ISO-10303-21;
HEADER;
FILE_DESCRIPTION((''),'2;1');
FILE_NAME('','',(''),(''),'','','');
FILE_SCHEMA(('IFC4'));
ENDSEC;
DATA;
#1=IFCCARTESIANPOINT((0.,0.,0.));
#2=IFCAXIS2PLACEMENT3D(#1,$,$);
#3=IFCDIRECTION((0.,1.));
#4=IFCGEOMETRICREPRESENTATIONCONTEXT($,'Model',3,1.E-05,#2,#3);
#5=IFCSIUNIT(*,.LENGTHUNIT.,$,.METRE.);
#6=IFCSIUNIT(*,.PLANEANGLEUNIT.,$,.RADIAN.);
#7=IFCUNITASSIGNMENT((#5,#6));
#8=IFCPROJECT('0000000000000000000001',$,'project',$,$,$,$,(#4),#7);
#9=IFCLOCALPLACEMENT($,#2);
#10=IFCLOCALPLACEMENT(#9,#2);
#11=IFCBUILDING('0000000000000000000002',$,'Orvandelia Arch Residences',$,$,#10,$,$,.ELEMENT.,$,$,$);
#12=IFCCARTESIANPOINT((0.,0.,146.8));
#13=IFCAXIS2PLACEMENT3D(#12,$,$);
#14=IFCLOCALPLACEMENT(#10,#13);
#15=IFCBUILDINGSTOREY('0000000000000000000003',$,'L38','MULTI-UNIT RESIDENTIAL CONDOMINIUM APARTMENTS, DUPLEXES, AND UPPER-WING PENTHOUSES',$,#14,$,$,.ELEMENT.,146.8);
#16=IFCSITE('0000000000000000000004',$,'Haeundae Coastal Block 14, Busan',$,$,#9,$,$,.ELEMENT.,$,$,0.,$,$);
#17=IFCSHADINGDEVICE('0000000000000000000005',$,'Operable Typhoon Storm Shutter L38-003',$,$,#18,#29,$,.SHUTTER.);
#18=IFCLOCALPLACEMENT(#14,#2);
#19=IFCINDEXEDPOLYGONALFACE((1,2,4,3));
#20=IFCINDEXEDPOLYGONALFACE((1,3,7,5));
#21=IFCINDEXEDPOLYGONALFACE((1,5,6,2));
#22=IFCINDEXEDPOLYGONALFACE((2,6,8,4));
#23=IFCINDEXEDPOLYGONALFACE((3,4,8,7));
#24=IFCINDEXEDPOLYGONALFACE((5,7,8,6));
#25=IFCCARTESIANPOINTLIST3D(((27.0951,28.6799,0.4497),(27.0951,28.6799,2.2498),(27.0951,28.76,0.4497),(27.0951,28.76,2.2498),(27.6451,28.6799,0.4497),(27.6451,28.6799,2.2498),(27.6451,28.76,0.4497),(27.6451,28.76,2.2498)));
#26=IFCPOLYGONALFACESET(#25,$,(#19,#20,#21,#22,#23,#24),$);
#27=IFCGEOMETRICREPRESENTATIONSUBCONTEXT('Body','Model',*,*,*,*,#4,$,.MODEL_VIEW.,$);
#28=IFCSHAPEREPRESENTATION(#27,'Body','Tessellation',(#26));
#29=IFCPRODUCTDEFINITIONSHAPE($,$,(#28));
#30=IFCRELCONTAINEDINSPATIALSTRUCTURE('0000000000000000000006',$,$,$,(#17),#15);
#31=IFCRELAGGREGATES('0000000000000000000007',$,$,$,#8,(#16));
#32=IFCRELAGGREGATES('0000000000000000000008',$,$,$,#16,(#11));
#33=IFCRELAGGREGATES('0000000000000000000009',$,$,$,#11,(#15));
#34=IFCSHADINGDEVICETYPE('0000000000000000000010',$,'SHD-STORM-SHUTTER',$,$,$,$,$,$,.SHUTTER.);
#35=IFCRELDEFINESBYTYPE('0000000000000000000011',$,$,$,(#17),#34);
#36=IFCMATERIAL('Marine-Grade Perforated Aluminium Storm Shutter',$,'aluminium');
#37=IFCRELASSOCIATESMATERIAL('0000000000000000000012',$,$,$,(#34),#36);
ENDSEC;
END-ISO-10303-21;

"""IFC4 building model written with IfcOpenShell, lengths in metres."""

from ifc_helpers import new_model, si_unit, direction, frame, origin, origin_2d, place, context, subcontext, project, spatial, rectangle, extrude, material, type_object, element, save


model = new_model("IFC4")

# Units and contexts
model_context = context("Model", 3, precision=1e-05, world=origin(), true_north=direction((0.0, 1.0)))
body_context = subcontext(model_context, "Body", "Model", "MODEL_VIEW")
ifc_project = project(units=[si_unit("LENGTHUNIT", "METRE"), si_unit("PLANEANGLEUNIT", "RADIAN")], contexts=[model_context])

# Site, building, storey
site_placement = place(None, origin())
site = spatial("IfcSite", under=ifc_project, at=site_placement, Name="Haeundae Coastal Block 14, Busan", CompositionType="ELEMENT", RefElevation=0.0)
building_placement = place(site_placement, origin())
building = spatial("IfcBuilding", under=site, at=building_placement, Name="Orvandelia Arch Residences", CompositionType="ELEMENT")
storey_placement = place(building_placement, frame((0.0, 0.0, 146.8)))
storey = spatial("IfcBuildingStorey", under=building, at=storey_placement, Name="L38", Description="MULTI-UNIT RESIDENTIAL CONDOMINIUM APARTMENTS, DUPLEXES, AND UPPER-WING PENTHOUSES", CompositionType="ELEMENT", Elevation=146.8)

# Shading device
ifc_material_1 = material(Name="Marine-Grade Perforated Aluminium Storm Shutter", Category="aluminium")
shading_device_type_1 = type_object("IfcShadingDeviceType", Name="SHD-STORM-SHUTTER", PredefinedType="SHUTTER", material=ifc_material_1)
shading_device_1_placement = place(storey_placement, frame((27.3701, 28.72, 0.4497), z_axis=(0.0, 0.0, 1.0), x_axis=(-1.0, 0.0, 0.0)))
element("IfcShadingDevice", 1, at=shading_device_1_placement, inside=storey, type_object=shading_device_type_1, Name="Operable Typhoon Storm Shutter L38-003", PredefinedType="SHUTTER", context=body_context, shape_type="SweptSolid", body=[
    extrude(rectangle(XDim=0.55, YDim=0.0801, at=origin_2d()), origin(), (0.0, 0.0, 1.0), 1.8),
])

save(model, "model.ifc")
